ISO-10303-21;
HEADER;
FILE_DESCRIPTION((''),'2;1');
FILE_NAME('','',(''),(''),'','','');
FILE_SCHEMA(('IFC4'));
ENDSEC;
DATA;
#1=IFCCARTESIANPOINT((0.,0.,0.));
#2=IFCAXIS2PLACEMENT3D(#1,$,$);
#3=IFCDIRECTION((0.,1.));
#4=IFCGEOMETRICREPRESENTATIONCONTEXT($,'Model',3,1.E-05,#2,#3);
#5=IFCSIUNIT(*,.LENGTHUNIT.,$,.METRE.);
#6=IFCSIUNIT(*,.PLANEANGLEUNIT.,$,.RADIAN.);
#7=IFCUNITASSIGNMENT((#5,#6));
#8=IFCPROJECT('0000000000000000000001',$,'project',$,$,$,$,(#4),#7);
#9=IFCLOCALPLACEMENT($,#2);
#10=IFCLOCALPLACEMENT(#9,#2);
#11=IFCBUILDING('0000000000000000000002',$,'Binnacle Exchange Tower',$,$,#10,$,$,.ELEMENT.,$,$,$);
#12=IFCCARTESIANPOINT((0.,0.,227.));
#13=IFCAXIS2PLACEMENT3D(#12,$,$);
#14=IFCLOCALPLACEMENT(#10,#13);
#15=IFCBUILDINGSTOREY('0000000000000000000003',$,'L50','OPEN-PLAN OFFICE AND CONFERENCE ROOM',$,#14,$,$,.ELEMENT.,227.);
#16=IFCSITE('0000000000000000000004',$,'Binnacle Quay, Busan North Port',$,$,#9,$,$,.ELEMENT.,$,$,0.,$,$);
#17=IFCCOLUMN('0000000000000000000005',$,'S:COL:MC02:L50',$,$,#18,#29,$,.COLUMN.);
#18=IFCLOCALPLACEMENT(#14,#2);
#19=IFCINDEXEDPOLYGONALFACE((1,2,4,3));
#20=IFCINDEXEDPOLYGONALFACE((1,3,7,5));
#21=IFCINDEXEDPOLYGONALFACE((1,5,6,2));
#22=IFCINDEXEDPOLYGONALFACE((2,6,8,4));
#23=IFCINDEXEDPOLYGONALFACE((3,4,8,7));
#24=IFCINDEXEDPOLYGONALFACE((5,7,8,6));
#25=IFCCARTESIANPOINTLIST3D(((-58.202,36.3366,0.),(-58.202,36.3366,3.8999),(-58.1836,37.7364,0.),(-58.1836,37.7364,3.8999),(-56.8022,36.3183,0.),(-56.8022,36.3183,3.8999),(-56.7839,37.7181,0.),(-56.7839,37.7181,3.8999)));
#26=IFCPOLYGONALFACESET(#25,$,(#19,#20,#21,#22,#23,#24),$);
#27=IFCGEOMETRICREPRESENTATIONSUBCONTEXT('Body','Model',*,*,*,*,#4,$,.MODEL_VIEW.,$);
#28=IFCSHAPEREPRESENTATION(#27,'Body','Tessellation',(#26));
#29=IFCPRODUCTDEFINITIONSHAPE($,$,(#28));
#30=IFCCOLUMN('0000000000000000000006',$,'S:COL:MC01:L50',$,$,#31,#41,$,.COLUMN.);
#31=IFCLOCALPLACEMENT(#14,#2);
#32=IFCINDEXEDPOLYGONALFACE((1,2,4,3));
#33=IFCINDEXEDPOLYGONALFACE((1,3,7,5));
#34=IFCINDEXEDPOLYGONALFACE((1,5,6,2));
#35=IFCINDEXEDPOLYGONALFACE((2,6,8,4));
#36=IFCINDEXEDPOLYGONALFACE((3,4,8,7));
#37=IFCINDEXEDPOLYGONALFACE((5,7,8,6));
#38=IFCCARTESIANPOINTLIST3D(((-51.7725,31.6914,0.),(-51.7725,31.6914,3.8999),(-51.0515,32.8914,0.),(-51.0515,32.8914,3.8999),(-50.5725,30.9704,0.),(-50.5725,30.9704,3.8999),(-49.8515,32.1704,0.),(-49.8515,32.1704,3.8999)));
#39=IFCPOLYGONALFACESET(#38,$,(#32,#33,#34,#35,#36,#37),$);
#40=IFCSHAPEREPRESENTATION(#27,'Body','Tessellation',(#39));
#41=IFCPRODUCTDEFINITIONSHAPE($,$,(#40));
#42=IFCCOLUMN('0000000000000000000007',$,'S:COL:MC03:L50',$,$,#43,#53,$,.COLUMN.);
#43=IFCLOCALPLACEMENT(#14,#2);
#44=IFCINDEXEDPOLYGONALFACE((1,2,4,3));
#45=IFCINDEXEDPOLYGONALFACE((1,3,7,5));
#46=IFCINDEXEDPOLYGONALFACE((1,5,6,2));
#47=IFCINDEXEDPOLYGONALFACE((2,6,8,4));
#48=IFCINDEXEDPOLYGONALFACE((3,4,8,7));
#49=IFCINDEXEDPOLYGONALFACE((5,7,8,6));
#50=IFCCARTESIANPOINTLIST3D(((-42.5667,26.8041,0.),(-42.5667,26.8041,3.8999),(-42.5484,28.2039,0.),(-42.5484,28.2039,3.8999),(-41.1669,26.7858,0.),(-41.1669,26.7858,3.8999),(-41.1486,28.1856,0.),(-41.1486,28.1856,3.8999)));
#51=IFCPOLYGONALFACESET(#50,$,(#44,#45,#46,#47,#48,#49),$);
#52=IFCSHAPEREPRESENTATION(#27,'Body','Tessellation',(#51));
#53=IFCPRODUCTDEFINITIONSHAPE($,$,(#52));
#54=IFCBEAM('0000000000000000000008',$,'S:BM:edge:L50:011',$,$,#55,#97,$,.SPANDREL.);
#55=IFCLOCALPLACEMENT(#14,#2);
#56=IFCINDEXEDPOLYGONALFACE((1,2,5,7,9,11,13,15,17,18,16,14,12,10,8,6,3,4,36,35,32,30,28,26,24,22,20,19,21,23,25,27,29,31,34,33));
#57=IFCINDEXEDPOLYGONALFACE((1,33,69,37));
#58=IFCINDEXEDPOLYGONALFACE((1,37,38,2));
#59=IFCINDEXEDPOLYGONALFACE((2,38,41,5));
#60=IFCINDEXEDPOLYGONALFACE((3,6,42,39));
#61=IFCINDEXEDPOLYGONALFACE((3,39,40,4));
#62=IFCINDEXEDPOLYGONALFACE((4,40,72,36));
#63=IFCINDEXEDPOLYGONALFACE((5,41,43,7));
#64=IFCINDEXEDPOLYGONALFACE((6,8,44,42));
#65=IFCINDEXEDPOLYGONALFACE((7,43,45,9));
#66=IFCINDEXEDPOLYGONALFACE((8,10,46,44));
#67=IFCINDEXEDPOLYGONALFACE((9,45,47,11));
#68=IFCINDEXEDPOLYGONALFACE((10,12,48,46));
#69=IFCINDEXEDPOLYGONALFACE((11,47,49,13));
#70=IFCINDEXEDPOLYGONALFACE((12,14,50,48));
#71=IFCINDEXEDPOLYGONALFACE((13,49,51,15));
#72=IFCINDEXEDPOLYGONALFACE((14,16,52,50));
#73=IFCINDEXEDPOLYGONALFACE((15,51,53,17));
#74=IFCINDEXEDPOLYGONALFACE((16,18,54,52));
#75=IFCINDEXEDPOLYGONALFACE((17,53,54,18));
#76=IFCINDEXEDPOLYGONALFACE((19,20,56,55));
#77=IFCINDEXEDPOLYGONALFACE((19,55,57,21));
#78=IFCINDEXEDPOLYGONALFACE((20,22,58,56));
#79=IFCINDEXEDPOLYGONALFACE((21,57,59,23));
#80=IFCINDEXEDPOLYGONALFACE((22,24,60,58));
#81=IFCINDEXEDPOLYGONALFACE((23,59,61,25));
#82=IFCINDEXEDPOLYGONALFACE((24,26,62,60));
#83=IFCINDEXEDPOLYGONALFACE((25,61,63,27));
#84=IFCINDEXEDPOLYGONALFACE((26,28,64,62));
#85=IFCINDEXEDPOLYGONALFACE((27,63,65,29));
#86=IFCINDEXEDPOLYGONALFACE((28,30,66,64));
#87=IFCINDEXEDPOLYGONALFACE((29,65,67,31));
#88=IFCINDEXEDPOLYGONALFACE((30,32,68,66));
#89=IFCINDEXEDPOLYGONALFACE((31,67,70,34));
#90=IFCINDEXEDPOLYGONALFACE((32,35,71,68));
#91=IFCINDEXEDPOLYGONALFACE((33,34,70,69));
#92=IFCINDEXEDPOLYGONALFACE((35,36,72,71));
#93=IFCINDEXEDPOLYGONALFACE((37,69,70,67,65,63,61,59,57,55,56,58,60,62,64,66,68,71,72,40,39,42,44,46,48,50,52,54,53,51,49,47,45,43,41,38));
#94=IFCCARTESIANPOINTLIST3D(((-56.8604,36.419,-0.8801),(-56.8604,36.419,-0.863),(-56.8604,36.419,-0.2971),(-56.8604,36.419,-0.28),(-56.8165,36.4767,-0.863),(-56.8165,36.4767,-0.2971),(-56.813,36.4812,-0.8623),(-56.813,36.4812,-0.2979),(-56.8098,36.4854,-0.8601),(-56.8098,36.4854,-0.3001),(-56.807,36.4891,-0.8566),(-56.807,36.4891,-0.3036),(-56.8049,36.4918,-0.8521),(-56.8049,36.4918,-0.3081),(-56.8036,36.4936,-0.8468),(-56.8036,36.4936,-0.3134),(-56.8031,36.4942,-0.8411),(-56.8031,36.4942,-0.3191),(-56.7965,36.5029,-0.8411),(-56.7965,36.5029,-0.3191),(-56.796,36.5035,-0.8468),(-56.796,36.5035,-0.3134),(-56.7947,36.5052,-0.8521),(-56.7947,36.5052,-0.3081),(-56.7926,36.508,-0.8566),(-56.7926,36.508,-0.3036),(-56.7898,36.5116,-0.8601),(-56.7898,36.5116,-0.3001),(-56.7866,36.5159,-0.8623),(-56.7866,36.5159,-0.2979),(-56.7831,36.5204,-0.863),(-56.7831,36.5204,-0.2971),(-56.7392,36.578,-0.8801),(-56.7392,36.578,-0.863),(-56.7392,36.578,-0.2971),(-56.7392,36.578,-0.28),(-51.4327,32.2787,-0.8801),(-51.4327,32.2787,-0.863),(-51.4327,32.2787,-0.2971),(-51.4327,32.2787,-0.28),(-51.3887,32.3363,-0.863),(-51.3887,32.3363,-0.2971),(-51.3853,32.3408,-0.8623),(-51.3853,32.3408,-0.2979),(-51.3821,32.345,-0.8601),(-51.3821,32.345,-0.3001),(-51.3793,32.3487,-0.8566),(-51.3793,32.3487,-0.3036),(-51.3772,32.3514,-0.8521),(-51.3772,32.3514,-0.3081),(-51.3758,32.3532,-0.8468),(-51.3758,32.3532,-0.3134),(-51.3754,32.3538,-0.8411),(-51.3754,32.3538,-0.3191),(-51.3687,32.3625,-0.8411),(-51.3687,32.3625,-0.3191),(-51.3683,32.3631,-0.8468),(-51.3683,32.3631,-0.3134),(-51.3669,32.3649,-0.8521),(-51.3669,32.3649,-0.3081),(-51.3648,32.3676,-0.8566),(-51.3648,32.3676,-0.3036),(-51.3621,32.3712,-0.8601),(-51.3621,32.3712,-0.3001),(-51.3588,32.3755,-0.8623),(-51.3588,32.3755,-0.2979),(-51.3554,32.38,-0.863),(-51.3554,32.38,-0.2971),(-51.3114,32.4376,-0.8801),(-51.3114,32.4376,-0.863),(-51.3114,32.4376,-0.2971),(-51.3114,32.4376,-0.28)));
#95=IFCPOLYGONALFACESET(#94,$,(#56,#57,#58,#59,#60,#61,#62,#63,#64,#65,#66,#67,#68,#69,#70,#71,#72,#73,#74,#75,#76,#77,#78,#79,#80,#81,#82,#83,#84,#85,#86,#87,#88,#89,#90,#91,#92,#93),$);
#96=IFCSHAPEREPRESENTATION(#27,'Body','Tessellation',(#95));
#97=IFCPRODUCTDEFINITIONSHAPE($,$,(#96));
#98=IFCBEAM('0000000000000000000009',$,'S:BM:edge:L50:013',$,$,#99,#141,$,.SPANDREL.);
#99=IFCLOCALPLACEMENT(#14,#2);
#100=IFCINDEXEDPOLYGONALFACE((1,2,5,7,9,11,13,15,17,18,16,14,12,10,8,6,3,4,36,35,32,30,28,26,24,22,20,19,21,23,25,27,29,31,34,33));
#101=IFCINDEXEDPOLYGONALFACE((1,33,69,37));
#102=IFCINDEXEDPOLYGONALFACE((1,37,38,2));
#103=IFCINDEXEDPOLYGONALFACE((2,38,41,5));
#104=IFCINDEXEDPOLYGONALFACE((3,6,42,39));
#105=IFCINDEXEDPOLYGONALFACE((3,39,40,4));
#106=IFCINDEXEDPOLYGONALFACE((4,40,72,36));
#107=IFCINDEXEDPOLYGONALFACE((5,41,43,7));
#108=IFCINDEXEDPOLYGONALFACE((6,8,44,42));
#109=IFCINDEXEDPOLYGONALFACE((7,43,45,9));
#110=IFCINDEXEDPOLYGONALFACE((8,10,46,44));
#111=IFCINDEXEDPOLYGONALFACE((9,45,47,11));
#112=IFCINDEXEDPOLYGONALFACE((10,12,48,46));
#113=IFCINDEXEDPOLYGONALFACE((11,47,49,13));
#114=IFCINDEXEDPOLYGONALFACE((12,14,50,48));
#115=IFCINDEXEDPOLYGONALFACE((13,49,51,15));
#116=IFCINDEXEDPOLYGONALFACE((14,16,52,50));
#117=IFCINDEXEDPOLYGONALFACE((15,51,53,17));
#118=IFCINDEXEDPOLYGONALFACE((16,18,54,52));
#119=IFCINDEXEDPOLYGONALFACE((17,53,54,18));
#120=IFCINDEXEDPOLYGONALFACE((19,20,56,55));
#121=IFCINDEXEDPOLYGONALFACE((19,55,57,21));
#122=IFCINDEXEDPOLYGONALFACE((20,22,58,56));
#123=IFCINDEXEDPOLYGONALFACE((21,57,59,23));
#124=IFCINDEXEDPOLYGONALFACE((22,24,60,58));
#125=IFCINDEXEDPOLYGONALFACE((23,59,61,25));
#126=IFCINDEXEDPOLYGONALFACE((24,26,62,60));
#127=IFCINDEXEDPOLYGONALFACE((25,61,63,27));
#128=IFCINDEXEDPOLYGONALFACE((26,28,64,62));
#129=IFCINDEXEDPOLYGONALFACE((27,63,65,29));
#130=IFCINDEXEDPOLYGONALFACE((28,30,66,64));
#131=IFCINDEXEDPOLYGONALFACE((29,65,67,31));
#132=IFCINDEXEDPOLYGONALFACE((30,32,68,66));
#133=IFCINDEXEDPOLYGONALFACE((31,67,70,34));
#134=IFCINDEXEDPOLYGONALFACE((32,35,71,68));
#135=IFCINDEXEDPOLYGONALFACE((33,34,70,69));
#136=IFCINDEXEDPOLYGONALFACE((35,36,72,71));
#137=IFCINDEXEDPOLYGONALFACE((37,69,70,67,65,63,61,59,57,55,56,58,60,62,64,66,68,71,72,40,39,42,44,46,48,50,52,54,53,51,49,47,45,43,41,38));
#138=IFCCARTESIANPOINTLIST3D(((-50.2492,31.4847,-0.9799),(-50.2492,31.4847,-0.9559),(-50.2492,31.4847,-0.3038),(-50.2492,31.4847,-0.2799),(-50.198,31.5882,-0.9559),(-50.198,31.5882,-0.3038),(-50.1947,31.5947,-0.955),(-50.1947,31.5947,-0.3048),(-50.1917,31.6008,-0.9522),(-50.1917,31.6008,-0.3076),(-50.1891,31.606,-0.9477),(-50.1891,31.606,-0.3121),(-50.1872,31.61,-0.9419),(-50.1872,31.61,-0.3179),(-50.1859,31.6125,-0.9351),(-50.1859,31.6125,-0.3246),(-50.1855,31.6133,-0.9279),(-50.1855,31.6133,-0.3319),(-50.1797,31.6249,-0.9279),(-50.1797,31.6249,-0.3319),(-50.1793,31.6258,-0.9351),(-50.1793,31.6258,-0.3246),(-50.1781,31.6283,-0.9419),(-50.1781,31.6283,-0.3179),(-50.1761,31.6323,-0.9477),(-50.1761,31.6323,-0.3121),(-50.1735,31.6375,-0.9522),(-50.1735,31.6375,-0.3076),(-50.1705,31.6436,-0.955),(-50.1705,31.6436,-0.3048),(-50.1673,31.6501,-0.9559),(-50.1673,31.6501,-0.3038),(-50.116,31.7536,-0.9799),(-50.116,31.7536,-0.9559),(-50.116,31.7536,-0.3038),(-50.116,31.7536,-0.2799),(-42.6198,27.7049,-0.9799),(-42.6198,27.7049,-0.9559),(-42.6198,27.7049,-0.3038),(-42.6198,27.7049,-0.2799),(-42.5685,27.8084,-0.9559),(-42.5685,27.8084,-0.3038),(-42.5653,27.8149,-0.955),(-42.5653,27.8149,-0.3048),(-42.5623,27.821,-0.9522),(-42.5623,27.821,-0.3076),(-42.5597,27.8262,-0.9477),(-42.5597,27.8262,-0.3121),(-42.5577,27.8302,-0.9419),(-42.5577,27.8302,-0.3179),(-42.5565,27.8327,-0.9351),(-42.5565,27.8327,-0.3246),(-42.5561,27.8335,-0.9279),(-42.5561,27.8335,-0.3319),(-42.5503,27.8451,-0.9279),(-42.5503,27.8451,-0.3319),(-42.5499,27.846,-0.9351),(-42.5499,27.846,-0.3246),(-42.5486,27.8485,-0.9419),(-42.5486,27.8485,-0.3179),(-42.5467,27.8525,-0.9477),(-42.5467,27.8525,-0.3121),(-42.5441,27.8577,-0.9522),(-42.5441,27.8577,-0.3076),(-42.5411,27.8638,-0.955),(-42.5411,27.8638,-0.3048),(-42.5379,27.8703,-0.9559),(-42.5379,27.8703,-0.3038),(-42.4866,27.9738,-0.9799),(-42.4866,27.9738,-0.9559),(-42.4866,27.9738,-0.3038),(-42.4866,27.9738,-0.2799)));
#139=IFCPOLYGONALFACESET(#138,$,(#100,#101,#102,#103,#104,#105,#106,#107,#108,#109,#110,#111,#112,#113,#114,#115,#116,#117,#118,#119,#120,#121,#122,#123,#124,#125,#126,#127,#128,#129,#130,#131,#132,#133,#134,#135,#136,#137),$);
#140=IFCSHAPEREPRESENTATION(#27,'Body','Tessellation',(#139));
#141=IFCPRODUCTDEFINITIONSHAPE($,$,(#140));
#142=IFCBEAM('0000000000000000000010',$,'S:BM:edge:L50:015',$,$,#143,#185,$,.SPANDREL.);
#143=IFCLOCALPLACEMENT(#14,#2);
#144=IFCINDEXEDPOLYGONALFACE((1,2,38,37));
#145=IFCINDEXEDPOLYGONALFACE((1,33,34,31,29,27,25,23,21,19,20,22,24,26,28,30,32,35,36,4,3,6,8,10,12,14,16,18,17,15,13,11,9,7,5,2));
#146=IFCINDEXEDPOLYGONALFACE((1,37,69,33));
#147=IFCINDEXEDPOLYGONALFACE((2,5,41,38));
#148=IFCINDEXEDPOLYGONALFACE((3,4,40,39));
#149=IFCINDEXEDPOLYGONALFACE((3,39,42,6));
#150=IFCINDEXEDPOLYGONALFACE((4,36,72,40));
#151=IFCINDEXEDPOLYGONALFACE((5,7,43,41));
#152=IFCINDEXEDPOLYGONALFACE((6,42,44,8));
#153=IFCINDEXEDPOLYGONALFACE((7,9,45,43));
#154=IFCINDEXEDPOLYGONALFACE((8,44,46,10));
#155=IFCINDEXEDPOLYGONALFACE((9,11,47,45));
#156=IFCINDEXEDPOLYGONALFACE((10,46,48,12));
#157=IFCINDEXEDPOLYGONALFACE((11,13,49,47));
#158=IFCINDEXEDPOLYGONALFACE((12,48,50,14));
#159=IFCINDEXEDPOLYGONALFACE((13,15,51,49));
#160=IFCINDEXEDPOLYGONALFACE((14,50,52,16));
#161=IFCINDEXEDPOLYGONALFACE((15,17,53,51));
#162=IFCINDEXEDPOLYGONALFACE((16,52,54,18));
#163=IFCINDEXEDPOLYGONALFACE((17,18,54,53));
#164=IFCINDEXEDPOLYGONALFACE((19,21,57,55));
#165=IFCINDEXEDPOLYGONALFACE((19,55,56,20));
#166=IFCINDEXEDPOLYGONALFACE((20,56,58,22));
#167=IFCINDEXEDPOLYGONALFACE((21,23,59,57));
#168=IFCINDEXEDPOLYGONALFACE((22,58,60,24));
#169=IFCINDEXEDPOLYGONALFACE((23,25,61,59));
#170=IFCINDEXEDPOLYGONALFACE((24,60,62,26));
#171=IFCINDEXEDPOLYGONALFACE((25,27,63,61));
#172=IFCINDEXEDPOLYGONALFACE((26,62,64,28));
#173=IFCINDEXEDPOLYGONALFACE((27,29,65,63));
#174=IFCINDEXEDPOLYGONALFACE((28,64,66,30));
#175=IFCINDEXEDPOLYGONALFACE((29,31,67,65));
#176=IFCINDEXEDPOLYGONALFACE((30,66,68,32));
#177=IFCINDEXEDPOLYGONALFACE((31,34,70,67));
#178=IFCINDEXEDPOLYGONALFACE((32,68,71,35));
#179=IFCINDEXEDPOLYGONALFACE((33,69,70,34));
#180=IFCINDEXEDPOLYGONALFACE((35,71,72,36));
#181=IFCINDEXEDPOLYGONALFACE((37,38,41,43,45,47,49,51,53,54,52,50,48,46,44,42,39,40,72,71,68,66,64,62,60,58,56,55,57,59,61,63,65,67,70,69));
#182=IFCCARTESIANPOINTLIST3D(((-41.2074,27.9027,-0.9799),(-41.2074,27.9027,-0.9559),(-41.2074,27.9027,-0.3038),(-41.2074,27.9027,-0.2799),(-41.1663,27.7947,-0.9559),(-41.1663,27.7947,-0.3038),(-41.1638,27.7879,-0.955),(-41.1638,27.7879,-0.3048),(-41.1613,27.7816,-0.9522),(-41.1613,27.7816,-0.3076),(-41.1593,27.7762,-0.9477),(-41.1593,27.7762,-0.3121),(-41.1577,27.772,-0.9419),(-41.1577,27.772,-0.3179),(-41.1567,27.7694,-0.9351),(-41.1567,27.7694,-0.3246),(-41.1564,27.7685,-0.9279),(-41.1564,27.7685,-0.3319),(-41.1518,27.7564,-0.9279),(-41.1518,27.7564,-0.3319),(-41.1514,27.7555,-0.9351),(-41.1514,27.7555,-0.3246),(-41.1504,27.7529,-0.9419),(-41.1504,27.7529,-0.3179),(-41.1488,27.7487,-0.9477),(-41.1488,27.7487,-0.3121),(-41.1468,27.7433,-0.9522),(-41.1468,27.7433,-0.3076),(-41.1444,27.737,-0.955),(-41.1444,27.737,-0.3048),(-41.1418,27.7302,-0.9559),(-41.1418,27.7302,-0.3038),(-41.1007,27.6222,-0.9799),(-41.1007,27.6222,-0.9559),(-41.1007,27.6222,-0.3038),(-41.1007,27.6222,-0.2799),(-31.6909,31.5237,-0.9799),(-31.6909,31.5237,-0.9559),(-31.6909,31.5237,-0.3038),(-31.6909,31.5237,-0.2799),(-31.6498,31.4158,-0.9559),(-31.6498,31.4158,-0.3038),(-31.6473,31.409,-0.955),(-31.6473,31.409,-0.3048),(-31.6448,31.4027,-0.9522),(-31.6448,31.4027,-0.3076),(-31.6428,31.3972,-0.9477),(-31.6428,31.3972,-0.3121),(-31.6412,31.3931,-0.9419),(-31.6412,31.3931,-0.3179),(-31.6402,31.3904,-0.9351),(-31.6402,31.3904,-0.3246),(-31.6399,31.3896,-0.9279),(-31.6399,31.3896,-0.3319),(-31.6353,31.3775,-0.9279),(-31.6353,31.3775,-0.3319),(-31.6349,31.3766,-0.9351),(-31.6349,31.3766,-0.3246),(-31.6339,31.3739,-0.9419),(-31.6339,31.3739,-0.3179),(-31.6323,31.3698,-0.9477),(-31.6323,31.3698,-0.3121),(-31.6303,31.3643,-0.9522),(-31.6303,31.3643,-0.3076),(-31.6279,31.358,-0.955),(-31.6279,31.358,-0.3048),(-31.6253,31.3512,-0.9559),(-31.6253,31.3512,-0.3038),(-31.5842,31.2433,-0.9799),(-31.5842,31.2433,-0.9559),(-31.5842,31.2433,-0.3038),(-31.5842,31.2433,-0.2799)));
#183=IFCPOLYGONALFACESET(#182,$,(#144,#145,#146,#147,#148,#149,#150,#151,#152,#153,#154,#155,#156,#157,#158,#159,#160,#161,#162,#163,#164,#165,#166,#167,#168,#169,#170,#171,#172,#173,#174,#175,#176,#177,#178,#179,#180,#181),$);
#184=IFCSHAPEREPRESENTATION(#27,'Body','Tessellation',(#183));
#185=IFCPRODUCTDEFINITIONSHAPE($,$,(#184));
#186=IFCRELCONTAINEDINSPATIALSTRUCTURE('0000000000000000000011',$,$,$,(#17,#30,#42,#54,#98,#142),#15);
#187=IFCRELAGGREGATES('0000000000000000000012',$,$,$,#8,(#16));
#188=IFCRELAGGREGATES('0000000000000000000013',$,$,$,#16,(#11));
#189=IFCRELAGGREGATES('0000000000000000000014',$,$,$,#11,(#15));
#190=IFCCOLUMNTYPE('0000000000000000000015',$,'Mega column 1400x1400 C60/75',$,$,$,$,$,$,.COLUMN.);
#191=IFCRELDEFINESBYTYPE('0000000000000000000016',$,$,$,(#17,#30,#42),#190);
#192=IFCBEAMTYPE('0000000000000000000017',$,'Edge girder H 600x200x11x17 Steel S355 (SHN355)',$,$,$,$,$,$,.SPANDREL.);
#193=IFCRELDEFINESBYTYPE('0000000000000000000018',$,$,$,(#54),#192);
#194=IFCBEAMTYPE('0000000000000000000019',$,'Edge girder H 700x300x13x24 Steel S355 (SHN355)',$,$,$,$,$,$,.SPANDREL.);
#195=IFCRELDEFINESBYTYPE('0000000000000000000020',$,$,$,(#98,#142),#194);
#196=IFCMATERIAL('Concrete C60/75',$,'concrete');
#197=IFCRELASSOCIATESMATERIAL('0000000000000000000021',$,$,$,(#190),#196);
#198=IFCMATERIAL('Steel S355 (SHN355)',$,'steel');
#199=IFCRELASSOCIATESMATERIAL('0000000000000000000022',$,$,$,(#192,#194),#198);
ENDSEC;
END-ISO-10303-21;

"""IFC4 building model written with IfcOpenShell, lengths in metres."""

from ifc_helpers import new_model, si_unit, direction, frame, origin, origin_2d, place, context, subcontext, project, spatial, rectangle, i_section, extrude, material, material_profile, profile_set, type_object, element, save


model = new_model("IFC4")

# Units and contexts
model_context = context("Model", 3, precision=1e-05, world=origin(), true_north=direction((0.0, 1.0)))
body_context = subcontext(model_context, "Body", "Model", "MODEL_VIEW")
ifc_project = project(units=[si_unit("LENGTHUNIT", "METRE"), si_unit("PLANEANGLEUNIT", "RADIAN")], contexts=[model_context])

# Site, building, storey
site_placement = place(None, origin())
site = spatial("IfcSite", under=ifc_project, at=site_placement, Name="Binnacle Quay, Busan North Port", CompositionType="ELEMENT", RefElevation=0.0)
building_placement = place(site_placement, origin())
building = spatial("IfcBuilding", under=site, at=building_placement, Name="Binnacle Exchange Tower", CompositionType="ELEMENT")
storey_placement = place(building_placement, frame((0.0, 0.0, 227.0)))
storey = spatial("IfcBuildingStorey", under=building, at=storey_placement, Name="L50", Description="OPEN-PLAN OFFICE AND CONFERENCE ROOM", CompositionType="ELEMENT", Elevation=227.0)

# Columns
ifc_material_1 = material(Name="Concrete C60/75", Category="concrete")
ifc_material_profile_1 = material_profile(ifc_material_1, rectangle(XDim=1.3999, YDim=1.3999, at=origin_2d()), Name="Mega column 1400x1400 C60/75")
ifc_profile_set_1 = profile_set([ifc_material_profile_1], Name="Concrete C60/75")
column_type = type_object("IfcColumnType", Name="Mega column 1400x1400 C60/75", PredefinedType="COLUMN", material=ifc_profile_set_1)
for number, where, z_axis, x_axis, name in (
    (1, (-57.4929, 37.0273, 0.0), (0.0, 0.0, 1.0), (-0.01309, -0.999914, 0.0), "S:COL:MC02:L50"),
    (2, (-50.812, 31.9309, 0.0), (0.0, 0.0, 1.0), (0.857167, -0.515038, 0.0), "S:COL:MC01:L50"),
    (3, (-41.8577, 27.4949, 0.0), (0.0, 0.0, 1.0), (0.999914, -0.01309, 0.0), "S:COL:MC03:L50"),
):
    element("IfcColumn", number, at=place(storey_placement, frame(where, z_axis=z_axis, x_axis=x_axis)), inside=storey, type_object=column_type, Name=name, PredefinedType="COLUMN", context=body_context, shape_type="SweptSolid", body=[
        extrude(rectangle(XDim=1.3999, YDim=1.3999, at=origin_2d()), origin(), (0.0, 0.0, 1.0), 3.8999),
    ])

# Beams
ifc_material_2 = material(Name="Steel S355 (SHN355)", Category="steel")
ifc_material_profile_2 = material_profile(ifc_material_2, i_section(OverallWidth=0.2, OverallDepth=0.6001, WebThickness=0.011, FlangeThickness=0.0171, FilletRadius=0.022, at=origin_2d()), Name="H 600x200x11x17")
ifc_profile_set_2 = profile_set([ifc_material_profile_2], Name="Steel S355 (SHN355)")
beam_type_1 = type_object("IfcBeamType", Name="Edge girder H 600x200x11x17 Steel S355 (SHN355)", PredefinedType="SPANDREL", material=ifc_profile_set_2)
beam_1_placement = place(storey_placement, frame((-56.7998, 36.4985, -0.5801), z_axis=(0.795081, -0.606503, 0.0), x_axis=(0.606503, 0.795081, 0.0)))
element("IfcBeam", 4, at=beam_1_placement, inside=storey, type_object=beam_type_1, Name="S:BM:edge:L50:011", PredefinedType="SPANDREL", context=body_context, shape_type="SweptSolid", body=[
    extrude(i_section(OverallWidth=0.2, OverallDepth=0.6001, WebThickness=0.011, FlangeThickness=0.0171, FilletRadius=0.022, at=origin_2d()), origin(), (0.0, 0.0, 1.0), 6.8267),
])
ifc_material_profile_3 = material_profile(ifc_material_2, i_section(OverallWidth=0.3, OverallDepth=0.7, WebThickness=0.0129, FlangeThickness=0.0239, FilletRadius=0.0281, at=origin_2d()), Name="H 700x300x13x24")
ifc_profile_set_3 = profile_set([ifc_material_profile_3], Name="Steel S355 (SHN355)")
beam_type_2 = type_object("IfcBeamType", Name="Edge girder H 700x300x13x24 Steel S355 (SHN355)", PredefinedType="SPANDREL", material=ifc_profile_set_3)
beam_2_placement = place(storey_placement, frame((-50.1826, 31.6191, -0.6299), z_axis=(0.896061, -0.44393, 0.0), x_axis=(0.44393, 0.896061, 0.0)))
element("IfcBeam", 5, at=beam_2_placement, inside=storey, type_object=beam_type_2, Name="S:BM:edge:L50:013", PredefinedType="SPANDREL", context=body_context, shape_type="SweptSolid", body=[
    extrude(i_section(OverallWidth=0.3, OverallDepth=0.7, WebThickness=0.0129, FlangeThickness=0.0239, FilletRadius=0.0281, at=origin_2d()), origin(), (0.0, 0.0, 1.0), 8.5144),
])
beam_3_placement = place(storey_placement, frame((-41.1541, 27.7625, -0.6299), z_axis=(0.934627, 0.355628, 0.0), x_axis=(-0.355628, 0.934627, 0.0)))
element("IfcBeam", 6, at=beam_3_placement, inside=storey, type_object=beam_type_2, Name="S:BM:edge:L50:015", PredefinedType="SPANDREL", context=body_context, shape_type="SweptSolid", body=[
    extrude(i_section(OverallWidth=0.3, OverallDepth=0.7, WebThickness=0.0129, FlangeThickness=0.0239, FilletRadius=0.0281, at=origin_2d()), origin(), (0.0, 0.0, 1.0), 10.1821),
])

save(model, "model.ifc")
